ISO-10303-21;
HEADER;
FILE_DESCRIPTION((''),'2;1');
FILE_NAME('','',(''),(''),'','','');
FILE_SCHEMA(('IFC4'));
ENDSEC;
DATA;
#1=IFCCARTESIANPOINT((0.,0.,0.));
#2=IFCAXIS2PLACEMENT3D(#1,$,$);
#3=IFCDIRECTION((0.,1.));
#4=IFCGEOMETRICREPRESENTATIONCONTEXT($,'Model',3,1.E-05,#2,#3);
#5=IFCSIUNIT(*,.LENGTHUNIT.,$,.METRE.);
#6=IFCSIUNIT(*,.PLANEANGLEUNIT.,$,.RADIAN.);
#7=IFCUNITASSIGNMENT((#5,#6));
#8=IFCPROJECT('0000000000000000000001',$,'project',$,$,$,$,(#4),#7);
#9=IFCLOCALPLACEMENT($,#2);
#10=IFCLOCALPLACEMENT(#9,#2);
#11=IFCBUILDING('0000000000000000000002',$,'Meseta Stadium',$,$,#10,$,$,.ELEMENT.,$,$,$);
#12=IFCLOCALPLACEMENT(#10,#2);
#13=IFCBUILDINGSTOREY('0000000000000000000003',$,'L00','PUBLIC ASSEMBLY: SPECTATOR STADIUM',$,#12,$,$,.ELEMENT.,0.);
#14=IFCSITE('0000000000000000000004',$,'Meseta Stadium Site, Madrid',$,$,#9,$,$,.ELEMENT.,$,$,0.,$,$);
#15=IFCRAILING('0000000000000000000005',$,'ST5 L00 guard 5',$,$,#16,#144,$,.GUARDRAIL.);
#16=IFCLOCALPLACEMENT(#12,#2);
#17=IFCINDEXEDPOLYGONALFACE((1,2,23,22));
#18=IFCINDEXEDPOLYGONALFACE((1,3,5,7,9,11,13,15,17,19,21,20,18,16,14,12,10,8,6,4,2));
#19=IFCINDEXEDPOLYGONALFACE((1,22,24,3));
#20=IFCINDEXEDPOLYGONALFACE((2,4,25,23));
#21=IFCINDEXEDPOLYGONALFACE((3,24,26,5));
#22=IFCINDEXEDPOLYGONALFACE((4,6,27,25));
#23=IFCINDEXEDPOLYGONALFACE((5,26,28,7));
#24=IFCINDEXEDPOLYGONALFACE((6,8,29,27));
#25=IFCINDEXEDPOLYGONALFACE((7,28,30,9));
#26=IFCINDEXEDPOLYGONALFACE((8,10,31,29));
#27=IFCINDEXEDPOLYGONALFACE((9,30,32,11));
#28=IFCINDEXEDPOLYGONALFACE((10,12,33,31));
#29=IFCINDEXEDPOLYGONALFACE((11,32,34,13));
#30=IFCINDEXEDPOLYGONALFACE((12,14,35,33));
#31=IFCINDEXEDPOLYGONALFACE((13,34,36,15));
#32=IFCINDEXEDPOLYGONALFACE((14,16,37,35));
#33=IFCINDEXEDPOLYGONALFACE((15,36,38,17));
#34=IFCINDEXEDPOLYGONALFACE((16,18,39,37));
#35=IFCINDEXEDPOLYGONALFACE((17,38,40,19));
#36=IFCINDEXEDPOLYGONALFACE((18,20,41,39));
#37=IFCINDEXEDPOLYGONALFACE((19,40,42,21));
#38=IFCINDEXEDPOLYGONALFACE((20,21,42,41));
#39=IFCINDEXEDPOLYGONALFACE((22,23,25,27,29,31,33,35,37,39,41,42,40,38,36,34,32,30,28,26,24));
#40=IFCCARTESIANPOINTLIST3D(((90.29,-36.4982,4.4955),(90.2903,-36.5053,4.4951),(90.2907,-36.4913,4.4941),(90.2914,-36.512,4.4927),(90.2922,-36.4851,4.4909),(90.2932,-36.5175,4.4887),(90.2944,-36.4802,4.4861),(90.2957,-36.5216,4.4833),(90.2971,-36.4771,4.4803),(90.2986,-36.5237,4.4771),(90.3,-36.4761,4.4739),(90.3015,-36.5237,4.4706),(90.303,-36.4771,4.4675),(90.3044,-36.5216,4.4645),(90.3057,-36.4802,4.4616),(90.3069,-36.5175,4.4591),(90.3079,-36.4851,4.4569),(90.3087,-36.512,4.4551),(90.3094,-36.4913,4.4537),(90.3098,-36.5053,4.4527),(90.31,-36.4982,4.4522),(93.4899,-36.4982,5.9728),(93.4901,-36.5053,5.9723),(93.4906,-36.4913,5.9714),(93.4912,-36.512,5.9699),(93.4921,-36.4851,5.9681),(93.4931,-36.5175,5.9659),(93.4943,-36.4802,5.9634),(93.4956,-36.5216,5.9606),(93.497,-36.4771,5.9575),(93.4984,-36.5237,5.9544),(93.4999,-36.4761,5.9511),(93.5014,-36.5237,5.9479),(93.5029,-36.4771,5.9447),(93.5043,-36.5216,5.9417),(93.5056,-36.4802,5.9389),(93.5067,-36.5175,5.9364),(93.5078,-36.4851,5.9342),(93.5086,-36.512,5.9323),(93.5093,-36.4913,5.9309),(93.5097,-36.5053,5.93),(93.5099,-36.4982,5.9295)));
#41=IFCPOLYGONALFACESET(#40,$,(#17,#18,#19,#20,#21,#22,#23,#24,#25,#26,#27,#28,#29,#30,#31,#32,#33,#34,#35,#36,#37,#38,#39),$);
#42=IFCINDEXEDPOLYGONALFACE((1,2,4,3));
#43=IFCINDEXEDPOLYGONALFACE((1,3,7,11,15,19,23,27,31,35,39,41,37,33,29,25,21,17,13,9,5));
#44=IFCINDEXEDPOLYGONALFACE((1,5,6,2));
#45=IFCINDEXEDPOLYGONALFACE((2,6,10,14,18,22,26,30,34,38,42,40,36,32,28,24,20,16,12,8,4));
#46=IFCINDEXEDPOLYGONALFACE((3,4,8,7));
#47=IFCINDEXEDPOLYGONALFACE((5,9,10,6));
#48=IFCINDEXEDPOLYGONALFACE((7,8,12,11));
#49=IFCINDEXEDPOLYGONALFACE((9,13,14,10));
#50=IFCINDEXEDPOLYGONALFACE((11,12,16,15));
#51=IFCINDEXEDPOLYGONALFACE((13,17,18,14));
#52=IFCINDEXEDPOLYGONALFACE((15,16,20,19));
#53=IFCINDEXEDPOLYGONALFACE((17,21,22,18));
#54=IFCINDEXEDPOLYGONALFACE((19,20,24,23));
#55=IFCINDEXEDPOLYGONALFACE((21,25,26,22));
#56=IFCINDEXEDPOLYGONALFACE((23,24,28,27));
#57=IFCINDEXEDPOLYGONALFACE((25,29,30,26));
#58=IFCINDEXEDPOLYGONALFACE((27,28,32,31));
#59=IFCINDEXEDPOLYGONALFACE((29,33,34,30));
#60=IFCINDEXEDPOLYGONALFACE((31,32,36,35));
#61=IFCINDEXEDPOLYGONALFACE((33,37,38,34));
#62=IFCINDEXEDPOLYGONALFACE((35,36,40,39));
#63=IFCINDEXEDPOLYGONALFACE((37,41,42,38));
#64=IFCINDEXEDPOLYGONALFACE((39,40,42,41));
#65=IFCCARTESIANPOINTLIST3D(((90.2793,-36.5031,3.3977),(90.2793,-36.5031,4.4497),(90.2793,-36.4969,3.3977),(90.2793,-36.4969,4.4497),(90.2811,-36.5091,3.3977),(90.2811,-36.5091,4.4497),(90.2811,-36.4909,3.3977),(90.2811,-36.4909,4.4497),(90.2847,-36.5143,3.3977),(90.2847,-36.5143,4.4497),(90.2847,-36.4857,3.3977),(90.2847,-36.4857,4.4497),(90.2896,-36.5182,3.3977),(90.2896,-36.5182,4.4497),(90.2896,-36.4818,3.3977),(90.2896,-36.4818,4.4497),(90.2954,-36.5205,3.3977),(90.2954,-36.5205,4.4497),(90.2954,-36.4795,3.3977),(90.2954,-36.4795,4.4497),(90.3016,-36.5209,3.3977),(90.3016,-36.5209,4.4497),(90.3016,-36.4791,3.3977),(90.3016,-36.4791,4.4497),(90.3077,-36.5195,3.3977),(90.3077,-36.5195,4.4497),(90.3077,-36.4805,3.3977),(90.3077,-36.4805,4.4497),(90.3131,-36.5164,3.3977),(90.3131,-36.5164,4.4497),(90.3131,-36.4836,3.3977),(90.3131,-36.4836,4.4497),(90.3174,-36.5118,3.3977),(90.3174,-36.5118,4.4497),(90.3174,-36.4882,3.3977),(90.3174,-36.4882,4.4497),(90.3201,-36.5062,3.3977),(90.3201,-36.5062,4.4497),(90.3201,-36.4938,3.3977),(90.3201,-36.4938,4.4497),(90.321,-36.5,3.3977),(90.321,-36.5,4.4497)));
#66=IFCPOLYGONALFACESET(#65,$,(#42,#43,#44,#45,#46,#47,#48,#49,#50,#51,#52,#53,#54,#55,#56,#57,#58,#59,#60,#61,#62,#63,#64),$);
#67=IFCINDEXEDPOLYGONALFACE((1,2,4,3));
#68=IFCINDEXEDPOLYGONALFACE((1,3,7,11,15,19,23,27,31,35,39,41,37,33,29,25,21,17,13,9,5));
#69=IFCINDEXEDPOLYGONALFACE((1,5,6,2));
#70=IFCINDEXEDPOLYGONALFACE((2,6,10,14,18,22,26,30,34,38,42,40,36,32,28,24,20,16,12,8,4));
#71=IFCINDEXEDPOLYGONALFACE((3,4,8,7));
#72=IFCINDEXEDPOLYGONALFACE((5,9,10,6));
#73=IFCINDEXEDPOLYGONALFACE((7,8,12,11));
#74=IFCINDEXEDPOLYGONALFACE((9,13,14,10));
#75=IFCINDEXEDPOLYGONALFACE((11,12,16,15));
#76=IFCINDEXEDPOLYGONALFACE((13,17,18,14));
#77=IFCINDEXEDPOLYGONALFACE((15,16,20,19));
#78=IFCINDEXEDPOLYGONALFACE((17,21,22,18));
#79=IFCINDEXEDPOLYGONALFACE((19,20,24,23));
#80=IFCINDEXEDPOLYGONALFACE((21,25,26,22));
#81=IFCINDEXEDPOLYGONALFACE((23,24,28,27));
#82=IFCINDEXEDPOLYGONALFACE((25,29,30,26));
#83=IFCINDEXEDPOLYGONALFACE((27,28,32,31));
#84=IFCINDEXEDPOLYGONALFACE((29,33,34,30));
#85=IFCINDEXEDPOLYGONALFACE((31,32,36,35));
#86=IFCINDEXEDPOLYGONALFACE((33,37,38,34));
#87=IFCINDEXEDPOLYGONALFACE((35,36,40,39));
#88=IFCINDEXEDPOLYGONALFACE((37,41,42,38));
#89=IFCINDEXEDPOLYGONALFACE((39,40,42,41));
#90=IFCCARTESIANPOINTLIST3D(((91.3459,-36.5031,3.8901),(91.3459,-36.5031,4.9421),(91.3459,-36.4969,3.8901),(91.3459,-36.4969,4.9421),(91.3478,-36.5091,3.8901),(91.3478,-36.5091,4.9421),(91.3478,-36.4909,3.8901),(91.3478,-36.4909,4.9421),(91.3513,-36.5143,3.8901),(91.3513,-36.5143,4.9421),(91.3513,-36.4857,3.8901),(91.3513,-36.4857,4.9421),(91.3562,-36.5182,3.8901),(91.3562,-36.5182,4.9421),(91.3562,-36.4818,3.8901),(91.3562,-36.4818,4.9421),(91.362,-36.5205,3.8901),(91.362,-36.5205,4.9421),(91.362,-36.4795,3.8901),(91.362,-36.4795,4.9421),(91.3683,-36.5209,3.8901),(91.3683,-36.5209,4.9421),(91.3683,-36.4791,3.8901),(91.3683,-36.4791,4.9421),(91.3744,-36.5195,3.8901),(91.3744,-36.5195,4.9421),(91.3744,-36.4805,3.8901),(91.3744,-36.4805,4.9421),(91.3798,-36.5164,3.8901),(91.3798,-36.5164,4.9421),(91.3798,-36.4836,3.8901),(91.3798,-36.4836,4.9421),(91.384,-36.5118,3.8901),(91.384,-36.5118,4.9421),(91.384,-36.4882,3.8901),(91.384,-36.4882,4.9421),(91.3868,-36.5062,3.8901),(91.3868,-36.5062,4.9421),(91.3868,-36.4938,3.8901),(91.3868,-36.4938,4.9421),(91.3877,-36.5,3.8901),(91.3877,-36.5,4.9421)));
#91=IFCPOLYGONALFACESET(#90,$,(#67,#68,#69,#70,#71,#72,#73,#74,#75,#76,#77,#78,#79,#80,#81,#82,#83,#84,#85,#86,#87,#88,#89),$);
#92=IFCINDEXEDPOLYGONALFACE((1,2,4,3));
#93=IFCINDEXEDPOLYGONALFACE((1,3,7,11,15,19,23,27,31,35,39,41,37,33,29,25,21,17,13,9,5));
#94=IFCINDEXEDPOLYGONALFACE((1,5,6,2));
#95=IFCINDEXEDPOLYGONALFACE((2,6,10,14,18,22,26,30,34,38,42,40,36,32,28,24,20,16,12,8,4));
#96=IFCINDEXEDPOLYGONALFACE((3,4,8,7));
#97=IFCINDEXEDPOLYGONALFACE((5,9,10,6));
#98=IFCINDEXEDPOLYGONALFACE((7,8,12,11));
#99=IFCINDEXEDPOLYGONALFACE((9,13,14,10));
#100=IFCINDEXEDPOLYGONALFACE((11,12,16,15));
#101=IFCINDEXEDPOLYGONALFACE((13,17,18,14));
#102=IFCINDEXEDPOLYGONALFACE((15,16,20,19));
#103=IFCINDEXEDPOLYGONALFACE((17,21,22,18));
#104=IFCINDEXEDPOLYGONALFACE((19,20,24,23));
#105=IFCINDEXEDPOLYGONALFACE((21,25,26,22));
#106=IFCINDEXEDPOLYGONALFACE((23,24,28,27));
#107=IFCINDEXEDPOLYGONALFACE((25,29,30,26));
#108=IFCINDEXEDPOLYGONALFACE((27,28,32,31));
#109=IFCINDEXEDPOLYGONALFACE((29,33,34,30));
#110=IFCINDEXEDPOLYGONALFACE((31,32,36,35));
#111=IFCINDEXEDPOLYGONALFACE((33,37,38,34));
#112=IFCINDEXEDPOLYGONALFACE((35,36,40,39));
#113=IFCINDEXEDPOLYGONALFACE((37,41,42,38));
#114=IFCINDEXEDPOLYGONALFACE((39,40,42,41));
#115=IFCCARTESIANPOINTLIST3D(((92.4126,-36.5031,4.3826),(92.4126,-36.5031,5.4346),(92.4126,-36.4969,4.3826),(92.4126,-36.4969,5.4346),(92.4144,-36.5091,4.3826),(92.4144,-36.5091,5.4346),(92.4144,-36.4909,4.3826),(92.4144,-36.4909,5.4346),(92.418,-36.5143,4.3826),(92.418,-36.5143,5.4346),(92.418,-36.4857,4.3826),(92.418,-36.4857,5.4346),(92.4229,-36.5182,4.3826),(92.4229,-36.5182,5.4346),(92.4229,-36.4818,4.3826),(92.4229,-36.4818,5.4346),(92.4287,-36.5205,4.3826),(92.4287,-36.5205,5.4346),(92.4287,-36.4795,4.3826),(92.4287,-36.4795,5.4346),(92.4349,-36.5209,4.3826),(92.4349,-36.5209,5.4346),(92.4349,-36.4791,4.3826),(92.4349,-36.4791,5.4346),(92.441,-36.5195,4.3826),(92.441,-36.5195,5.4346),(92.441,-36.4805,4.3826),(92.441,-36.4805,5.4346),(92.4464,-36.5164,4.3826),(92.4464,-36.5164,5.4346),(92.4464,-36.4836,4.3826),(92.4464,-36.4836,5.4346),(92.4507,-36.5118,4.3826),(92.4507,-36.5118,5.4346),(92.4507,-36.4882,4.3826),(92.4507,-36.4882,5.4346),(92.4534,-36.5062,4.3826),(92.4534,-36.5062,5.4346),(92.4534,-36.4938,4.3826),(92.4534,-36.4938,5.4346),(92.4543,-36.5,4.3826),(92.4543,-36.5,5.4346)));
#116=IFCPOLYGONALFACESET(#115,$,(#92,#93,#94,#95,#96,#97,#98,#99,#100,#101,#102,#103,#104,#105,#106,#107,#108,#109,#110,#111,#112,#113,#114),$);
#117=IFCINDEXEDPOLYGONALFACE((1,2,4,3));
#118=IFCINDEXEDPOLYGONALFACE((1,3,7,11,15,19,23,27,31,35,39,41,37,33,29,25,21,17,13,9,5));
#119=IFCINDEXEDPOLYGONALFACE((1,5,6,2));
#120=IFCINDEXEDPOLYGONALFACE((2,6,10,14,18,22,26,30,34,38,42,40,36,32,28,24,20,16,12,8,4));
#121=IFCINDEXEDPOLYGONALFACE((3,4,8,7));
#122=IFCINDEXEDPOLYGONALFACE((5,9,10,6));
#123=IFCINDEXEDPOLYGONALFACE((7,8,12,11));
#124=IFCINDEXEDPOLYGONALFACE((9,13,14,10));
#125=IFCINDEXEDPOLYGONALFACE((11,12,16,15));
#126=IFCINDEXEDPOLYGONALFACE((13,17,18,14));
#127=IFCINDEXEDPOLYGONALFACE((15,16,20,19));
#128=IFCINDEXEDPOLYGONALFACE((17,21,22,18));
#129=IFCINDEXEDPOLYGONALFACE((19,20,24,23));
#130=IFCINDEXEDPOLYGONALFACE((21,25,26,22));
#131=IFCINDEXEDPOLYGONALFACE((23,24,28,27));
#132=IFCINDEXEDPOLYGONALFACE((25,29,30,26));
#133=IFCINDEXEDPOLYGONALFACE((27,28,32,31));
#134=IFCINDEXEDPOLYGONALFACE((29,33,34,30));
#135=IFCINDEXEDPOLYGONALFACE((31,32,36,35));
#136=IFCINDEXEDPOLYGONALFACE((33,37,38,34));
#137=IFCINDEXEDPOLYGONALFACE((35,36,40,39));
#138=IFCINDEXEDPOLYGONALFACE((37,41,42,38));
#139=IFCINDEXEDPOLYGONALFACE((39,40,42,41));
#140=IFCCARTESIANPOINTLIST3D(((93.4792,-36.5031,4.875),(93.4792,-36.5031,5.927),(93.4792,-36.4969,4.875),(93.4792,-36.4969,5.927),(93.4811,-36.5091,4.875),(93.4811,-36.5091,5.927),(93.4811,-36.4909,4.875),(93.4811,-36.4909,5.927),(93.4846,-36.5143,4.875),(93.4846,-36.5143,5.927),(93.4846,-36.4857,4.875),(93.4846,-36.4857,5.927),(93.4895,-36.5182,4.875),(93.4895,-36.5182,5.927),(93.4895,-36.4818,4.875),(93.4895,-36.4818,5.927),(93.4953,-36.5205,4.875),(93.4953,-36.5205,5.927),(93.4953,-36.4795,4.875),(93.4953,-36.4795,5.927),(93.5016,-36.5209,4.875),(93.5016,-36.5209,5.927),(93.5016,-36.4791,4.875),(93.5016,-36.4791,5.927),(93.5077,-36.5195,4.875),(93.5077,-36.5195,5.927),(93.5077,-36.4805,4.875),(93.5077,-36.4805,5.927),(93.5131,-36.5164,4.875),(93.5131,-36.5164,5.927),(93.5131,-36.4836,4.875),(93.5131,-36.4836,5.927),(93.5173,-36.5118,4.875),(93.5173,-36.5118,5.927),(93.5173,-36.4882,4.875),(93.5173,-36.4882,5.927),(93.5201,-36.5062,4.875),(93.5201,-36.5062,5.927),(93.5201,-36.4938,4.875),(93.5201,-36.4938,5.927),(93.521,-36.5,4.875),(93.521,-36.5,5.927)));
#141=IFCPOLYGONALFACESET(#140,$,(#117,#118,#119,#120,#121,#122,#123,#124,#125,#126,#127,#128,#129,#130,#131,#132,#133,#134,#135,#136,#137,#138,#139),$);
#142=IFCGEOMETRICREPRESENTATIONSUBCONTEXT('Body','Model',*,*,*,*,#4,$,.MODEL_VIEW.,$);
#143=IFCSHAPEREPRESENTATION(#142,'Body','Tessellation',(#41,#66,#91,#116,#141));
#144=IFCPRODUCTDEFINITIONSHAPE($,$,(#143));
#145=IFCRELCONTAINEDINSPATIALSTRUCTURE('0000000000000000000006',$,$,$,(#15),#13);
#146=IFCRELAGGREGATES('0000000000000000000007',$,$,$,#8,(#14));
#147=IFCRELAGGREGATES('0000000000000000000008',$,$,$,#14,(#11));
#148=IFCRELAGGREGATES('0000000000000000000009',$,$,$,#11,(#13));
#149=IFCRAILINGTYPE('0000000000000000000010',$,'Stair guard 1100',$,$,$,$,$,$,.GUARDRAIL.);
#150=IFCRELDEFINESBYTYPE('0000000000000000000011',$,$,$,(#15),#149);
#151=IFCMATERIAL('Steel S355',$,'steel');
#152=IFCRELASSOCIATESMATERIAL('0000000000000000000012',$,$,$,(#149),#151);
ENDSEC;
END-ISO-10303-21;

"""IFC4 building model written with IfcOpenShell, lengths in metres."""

from ifc_helpers import new_model, si_unit, direction, frame, origin, origin_2d, place, context, subcontext, project, spatial, circle, extrude, material, type_object, element, save


model = new_model("IFC4")

# Units and contexts
model_context = context("Model", 3, precision=1e-05, world=origin(), true_north=direction((0.0, 1.0)))
body_context = subcontext(model_context, "Body", "Model", "MODEL_VIEW")
ifc_project = project(units=[si_unit("LENGTHUNIT", "METRE"), si_unit("PLANEANGLEUNIT", "RADIAN")], contexts=[model_context])

# Site, building, storey
site_placement = place(None, origin())
site = spatial("IfcSite", under=ifc_project, at=site_placement, Name="Meseta Stadium Site, Madrid", CompositionType="ELEMENT", RefElevation=0.0)
building_placement = place(site_placement, origin())
building = spatial("IfcBuilding", under=site, at=building_placement, Name="Meseta Stadium", CompositionType="ELEMENT")
storey_placement = place(building_placement, origin())
storey = spatial("IfcBuildingStorey", under=building, at=storey_placement, Name="L00", Description="PUBLIC ASSEMBLY: SPECTATOR STADIUM", CompositionType="ELEMENT", Elevation=0.0)

# Railing
ifc_material_1 = material(Name="Steel S355", Category="steel")
railing_type_1 = type_object("IfcRailingType", Name="Stair guard 1100", PredefinedType="GUARDRAIL", material=ifc_material_1)
railing_1_placement = place(storey_placement, frame((90.3, -36.5, 3.3977)))
element("IfcRailing", 1, at=railing_1_placement, inside=storey, type_object=railing_type_1, Name="ST5 L00 guard 5", PredefinedType="GUARDRAIL", context=body_context, shape_type="SweptSolid", body=[
    extrude(circle(Radius=0.0239, at=origin_2d()), frame((0.0, 0.0, 1.0762), z_axis=(0.907917, 0.0, 0.41915), x_axis=(0.0, 1.0, 0.0)), (0.0, 0.0, 1.0), 3.5244),
    extrude(circle(Radius=0.021, at=origin_2d()), origin(), (0.0, 0.0, 1.0), 1.052),
    extrude(circle(Radius=0.021, at=origin_2d()), frame((1.0667, 0.0, 0.4924)), (0.0, 0.0, 1.0), 1.052),
    extrude(circle(Radius=0.021, at=origin_2d()), frame((2.1333, 0.0, 0.9849)), (0.0, 0.0, 1.0), 1.052),
    extrude(circle(Radius=0.021, at=origin_2d()), frame((3.2, 0.0, 1.4773)), (0.0, 0.0, 1.0), 1.052),
])

save(model, "model.ifc")
